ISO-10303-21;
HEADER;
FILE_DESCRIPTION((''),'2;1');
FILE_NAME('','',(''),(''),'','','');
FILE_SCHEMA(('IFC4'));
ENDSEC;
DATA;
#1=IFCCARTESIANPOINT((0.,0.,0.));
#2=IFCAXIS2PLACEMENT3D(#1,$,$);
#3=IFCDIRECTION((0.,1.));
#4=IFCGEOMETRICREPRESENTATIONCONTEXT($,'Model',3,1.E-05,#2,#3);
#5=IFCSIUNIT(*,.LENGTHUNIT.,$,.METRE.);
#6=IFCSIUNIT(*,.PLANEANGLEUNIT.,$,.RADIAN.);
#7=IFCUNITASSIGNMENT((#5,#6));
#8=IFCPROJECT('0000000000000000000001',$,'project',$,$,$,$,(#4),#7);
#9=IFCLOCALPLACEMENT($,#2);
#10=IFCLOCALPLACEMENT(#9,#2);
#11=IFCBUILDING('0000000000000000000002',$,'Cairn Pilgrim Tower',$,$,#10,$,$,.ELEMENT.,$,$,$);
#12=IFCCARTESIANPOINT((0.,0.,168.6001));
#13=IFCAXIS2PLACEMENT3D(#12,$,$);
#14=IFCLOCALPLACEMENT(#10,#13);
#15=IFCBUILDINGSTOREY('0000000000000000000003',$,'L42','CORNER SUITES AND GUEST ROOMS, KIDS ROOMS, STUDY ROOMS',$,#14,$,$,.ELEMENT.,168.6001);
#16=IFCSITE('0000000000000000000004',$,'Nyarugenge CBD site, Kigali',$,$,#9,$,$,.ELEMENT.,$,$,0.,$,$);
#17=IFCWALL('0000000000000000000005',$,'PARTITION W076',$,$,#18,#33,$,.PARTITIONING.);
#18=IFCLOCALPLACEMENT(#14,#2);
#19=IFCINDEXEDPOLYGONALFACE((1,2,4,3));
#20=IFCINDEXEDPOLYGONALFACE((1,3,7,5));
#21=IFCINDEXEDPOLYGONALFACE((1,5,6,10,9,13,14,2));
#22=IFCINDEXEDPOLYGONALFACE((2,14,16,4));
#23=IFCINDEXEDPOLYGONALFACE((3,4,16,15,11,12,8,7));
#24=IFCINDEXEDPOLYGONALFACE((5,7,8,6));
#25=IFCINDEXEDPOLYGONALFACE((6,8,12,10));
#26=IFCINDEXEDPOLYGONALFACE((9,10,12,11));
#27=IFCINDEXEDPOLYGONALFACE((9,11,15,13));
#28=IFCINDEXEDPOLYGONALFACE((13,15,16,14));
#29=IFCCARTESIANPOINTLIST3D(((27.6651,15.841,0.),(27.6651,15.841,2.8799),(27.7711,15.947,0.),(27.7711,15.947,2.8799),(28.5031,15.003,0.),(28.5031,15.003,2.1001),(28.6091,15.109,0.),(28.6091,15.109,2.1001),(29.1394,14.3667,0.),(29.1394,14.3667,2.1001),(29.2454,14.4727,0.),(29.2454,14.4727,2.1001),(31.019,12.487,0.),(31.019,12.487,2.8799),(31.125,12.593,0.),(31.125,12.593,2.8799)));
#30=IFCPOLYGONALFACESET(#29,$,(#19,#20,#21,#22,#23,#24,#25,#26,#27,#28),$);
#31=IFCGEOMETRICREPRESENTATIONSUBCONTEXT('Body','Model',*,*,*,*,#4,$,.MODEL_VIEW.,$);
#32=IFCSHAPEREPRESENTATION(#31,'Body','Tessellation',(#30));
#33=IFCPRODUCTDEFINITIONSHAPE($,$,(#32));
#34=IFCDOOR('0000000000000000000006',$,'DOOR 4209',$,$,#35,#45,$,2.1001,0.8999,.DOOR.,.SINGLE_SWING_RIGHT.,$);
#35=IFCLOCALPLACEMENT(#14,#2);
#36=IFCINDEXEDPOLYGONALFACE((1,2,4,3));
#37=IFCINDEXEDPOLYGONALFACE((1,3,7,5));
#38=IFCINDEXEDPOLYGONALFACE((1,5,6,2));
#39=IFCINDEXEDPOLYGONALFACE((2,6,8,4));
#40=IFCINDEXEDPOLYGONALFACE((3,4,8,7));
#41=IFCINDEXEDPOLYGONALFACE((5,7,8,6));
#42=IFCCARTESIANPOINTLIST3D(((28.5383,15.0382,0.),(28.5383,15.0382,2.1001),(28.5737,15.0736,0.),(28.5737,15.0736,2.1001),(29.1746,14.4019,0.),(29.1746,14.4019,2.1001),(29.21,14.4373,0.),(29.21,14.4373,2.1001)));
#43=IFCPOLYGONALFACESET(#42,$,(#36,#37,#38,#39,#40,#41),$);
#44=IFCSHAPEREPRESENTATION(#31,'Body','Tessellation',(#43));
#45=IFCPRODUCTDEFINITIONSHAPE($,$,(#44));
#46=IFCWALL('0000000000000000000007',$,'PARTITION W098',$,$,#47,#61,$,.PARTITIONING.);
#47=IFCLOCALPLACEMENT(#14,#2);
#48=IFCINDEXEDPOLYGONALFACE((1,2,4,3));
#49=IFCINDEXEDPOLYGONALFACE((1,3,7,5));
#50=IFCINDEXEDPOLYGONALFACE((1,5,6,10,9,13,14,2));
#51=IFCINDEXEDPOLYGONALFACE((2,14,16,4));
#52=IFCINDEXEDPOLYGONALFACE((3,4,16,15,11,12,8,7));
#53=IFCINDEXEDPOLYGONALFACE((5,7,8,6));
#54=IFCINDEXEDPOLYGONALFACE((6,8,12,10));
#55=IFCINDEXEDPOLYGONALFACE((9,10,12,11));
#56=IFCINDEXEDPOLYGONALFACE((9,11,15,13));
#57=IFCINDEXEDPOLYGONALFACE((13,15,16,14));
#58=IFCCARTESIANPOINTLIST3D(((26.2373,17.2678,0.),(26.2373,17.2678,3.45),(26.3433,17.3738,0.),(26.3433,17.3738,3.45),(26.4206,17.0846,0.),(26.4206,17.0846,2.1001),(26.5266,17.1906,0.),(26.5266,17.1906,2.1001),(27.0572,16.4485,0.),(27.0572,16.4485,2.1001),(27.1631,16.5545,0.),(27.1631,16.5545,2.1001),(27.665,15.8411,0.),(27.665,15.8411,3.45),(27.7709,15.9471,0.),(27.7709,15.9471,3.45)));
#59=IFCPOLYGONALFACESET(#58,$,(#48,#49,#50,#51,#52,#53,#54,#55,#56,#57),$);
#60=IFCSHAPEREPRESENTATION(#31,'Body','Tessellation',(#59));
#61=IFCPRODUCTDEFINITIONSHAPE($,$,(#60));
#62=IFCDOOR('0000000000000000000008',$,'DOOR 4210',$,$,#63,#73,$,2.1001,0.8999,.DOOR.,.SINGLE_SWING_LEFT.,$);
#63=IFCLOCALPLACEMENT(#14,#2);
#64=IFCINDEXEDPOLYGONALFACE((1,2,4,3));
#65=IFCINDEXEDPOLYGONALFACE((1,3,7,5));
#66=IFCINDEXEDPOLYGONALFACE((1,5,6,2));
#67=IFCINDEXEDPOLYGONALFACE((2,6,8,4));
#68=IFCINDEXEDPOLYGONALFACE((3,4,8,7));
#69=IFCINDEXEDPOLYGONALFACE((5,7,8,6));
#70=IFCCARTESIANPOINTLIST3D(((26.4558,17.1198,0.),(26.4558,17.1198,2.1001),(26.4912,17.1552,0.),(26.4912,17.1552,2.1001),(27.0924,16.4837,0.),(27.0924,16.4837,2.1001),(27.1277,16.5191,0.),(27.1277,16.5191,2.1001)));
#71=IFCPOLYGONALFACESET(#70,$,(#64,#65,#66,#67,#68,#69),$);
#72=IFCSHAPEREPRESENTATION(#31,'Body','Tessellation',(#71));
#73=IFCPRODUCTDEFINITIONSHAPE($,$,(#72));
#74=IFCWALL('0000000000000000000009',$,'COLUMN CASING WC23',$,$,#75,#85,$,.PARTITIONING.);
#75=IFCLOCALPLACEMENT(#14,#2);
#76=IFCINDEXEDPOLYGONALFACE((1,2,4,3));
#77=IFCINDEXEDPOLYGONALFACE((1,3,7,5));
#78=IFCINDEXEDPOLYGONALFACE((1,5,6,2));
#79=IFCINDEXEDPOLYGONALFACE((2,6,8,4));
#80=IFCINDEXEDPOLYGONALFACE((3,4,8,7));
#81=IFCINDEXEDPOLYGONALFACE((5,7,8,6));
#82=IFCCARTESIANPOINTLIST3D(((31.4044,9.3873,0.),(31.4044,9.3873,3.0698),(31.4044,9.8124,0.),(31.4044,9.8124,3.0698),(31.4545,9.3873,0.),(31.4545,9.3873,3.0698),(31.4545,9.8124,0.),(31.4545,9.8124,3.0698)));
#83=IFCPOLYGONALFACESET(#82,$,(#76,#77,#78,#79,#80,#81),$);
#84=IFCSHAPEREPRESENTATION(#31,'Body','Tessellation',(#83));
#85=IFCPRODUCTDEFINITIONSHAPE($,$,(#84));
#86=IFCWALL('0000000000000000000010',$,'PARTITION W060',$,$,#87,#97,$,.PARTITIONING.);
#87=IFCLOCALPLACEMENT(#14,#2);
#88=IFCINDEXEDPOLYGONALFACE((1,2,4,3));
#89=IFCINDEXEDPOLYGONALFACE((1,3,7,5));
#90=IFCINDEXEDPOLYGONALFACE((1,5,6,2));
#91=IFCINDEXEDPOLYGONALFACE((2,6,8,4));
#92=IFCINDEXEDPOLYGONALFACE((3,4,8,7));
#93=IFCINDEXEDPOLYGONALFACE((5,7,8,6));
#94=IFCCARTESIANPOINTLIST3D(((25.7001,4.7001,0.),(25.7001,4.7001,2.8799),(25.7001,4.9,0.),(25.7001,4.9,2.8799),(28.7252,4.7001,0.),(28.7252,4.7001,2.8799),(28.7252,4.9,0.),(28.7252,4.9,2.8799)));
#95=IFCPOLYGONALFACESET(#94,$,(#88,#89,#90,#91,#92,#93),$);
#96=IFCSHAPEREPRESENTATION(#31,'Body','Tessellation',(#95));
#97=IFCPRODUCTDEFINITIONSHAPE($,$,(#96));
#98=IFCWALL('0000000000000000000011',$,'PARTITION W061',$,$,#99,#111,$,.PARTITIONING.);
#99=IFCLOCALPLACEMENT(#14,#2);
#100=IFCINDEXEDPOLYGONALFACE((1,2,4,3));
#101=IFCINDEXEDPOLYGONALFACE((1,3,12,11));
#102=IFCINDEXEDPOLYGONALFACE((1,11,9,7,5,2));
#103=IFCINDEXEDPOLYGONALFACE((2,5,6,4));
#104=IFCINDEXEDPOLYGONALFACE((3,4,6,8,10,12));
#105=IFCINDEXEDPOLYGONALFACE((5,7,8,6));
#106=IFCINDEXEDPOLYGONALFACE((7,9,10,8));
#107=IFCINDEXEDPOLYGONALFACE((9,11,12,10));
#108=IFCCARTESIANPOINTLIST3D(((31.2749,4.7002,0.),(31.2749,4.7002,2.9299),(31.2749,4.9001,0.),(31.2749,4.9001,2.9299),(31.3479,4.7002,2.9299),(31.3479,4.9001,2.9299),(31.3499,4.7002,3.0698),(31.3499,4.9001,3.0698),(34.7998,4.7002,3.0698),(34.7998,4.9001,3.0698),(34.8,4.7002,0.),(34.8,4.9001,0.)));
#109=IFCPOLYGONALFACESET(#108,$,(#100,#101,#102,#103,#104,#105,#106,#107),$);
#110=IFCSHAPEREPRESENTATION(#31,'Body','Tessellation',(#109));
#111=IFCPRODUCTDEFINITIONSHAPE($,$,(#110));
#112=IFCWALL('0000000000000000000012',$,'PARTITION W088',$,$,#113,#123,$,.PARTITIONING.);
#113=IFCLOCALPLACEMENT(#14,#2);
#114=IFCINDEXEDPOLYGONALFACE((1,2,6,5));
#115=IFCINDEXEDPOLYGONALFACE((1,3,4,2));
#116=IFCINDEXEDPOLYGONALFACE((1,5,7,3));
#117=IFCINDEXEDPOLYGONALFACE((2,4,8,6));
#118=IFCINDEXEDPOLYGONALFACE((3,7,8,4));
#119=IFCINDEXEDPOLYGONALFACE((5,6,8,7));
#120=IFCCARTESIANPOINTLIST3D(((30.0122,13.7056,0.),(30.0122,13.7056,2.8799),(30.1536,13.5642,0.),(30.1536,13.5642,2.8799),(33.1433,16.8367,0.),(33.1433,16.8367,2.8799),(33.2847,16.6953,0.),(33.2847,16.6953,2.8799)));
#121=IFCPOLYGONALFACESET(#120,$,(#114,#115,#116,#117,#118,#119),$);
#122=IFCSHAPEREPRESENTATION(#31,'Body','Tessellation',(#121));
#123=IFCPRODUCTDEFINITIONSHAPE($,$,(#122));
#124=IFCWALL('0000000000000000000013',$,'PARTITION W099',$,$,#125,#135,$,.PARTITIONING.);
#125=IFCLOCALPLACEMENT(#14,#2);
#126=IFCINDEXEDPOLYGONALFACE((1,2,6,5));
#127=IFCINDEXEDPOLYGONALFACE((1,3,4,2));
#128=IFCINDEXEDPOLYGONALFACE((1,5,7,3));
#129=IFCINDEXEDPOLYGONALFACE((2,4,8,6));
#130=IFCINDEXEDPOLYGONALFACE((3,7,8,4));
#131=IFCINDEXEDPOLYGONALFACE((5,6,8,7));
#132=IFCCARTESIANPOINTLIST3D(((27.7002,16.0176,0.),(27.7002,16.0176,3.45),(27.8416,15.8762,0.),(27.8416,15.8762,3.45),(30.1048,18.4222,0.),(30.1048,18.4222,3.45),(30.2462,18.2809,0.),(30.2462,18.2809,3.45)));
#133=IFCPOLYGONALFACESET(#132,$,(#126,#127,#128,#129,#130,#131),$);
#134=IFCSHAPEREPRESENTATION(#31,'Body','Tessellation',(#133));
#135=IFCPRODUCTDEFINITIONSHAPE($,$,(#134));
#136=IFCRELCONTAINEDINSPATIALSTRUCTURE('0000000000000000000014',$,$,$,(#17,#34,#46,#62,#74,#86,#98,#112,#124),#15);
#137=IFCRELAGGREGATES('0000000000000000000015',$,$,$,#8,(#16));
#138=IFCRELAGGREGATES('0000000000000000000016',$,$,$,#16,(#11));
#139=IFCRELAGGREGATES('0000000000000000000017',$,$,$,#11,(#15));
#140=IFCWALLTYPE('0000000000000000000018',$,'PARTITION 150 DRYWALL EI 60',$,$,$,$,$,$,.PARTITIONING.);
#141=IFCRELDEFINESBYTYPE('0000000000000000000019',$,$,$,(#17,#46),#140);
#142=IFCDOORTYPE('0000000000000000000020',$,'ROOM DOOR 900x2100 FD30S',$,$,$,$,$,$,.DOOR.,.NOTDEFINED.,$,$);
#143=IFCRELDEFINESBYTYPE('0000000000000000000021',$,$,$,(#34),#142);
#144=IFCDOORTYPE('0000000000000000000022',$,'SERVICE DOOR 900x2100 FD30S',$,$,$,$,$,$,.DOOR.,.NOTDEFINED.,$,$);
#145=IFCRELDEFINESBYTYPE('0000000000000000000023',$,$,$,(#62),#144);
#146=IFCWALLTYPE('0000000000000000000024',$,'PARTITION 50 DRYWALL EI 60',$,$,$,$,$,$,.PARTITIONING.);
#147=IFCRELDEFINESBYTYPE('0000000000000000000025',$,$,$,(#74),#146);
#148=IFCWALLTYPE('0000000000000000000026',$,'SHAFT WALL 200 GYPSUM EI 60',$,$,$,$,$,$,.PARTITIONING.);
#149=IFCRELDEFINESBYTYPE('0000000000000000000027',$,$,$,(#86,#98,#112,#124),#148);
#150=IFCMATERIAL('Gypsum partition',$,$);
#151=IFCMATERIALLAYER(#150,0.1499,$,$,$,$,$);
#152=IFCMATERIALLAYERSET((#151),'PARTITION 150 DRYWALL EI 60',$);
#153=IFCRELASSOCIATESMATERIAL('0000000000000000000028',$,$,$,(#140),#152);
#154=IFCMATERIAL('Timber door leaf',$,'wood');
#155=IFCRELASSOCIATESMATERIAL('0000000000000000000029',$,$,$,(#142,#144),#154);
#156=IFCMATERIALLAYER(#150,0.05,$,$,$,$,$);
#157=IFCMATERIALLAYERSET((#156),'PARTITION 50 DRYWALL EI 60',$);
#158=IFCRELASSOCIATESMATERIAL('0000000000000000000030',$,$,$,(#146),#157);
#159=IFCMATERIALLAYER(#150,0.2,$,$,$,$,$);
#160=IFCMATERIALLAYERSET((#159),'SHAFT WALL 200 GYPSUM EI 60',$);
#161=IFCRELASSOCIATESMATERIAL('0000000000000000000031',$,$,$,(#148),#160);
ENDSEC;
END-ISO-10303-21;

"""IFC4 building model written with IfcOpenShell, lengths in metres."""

from ifc_helpers import new_model, si_unit, direction, frame, frame_2d, origin, place, context, subcontext, project, spatial, polyline, rectangle, outline, extrude, material, layer, layer_set, type_object, element, fill, save


model = new_model("IFC4")

# Units and contexts
model_context = context("Model", 3, precision=1e-05, world=origin(), true_north=direction((0.0, 1.0)))
body_context = subcontext(model_context, "Body", "Model", "MODEL_VIEW")
ifc_project = project(units=[si_unit("LENGTHUNIT", "METRE"), si_unit("PLANEANGLEUNIT", "RADIAN")], contexts=[model_context])

# Site, building, storey
site_placement = place(None, origin())
site = spatial("IfcSite", under=ifc_project, at=site_placement, Name="Nyarugenge CBD site, Kigali", CompositionType="ELEMENT", RefElevation=0.0)
building_placement = place(site_placement, origin())
building = spatial("IfcBuilding", under=site, at=building_placement, Name="Cairn Pilgrim Tower", CompositionType="ELEMENT")
storey_placement = place(building_placement, frame((0.0, 0.0, 168.6001)))
storey = spatial("IfcBuildingStorey", under=building, at=storey_placement, Name="L42", Description="CORNER SUITES AND GUEST ROOMS, KIDS ROOMS, STUDY ROOMS", CompositionType="ELEMENT", Elevation=168.6001)

# Walls, openings, doors
ifc_material_1 = material(Name="Gypsum partition")
ifc_material_2 = material(Name="Timber door leaf", Category="wood")
ifc_layer_1 = layer(ifc_material_1, 0.1499)
ifc_layer_set_1 = layer_set([ifc_layer_1], Name="PARTITION 150 DRYWALL EI 60")
wall_type_1 = type_object("IfcWallType", Name="PARTITION 150 DRYWALL EI 60", PredefinedType="PARTITIONING", material=ifc_layer_set_1)
door_type_1 = type_object("IfcDoorType", Name="ROOM DOOR 900x2100 FD30S", OperationType="NOTDEFINED", PredefinedType="DOOR", material=ifc_material_2)
door_type_2 = type_object("IfcDoorType", Name="SERVICE DOOR 900x2100 FD30S", OperationType="NOTDEFINED", PredefinedType="DOOR", material=ifc_material_2)
wall_1_placement = place(storey_placement, frame((31.072, 12.54, 0.0), z_axis=(0.0, 0.0, 1.0), x_axis=(-0.707107, 0.707107, 0.0)))
wall_1 = element("IfcWall", 1, at=wall_1_placement, inside=storey, type_object=wall_type_1, Name="PARTITION W076", PredefinedType="PARTITIONING", context=body_context, shape_type="SweptSolid", body=[
    extrude(rectangle(XDim=4.7432, YDim=0.1499, at=frame_2d((2.3716, 0.0))), origin(), (0.0, 0.0, 1.0), 2.8799),
])
opening_1_placement = place(wall_1_placement, frame((2.6582, 0.0, 0.0)))
opening_1 = element("IfcOpeningElement", 2, at=opening_1_placement, cuts=wall_1, PredefinedType="OPENING", context=body_context, shape_type="SweptSolid", body=[
    extrude(rectangle(XDim=0.8999, YDim=2.1001, at=frame_2d((0.45, 1.05))), frame((0.0, 0.085, 0.0), z_axis=(0.0, -1.0, 0.0), x_axis=(1.0, 0.0, 0.0)), (0.0, 0.0, 1.0), 0.1699),
])
door_1_placement = place(opening_1_placement, frame((0.8999, 0.0, 0.0), z_axis=(0.0, 0.0, 1.0), x_axis=(-1.0, 0.0, 0.0)))
door_1 = element("IfcDoor", 3, at=door_1_placement, inside=storey, type_object=door_type_1, Name="DOOR 4209", OperationType="SINGLE_SWING_RIGHT", OverallHeight=2.1001, OverallWidth=0.8999, PredefinedType="DOOR", context=body_context, shape_type="SweptSolid", body=[
    extrude(rectangle(XDim=0.8999, YDim=2.1001, at=frame_2d((0.45, 1.05))), frame((0.0, 0.0249, 0.0), z_axis=(0.0, -1.0, 0.0), x_axis=(1.0, 0.0, 0.0)), (0.0, 0.0, 1.0), 0.05),
])
fill(opening_1, door_1)
wall_2_placement = place(storey_placement, frame((27.718, 15.894, 0.0), z_axis=(0.0, 0.0, 1.0), x_axis=(-0.707349, 0.706865, 0.0)))
wall_2 = element("IfcWall", 4, at=wall_2_placement, inside=storey, type_object=wall_type_1, Name="PARTITION W098", PredefinedType="PARTITIONING", context=body_context, shape_type="SweptSolid", body=[
    extrude(rectangle(XDim=2.0183, YDim=0.1499, at=frame_2d((1.0093, 0.0))), origin(), (0.0, 0.0, 1.0), 3.45),
])
opening_2_placement = place(wall_2_placement, frame((0.8594, 0.0, 0.0)))
opening_2 = element("IfcOpeningElement", 5, at=opening_2_placement, cuts=wall_2, PredefinedType="OPENING", context=body_context, shape_type="SweptSolid", body=[
    extrude(rectangle(XDim=0.8999, YDim=2.1001, at=frame_2d((0.45, 1.05))), frame((0.0, 0.085, 0.0), z_axis=(0.0, -1.0, 0.0), x_axis=(1.0, 0.0, 0.0)), (0.0, 0.0, 1.0), 0.1699),
])
door_2_placement = place(opening_2_placement, frame((0.8999, 0.0, 0.0), z_axis=(0.0, 0.0, 1.0), x_axis=(-1.0, 0.0, 0.0)))
door_2 = element("IfcDoor", 6, at=door_2_placement, inside=storey, type_object=door_type_2, Name="DOOR 4210", OperationType="SINGLE_SWING_LEFT", OverallHeight=2.1001, OverallWidth=0.8999, PredefinedType="DOOR", context=body_context, shape_type="SweptSolid", body=[
    extrude(rectangle(XDim=0.8999, YDim=2.1001, at=frame_2d((0.45, 1.05))), frame((0.0, 0.0249, 0.0), z_axis=(0.0, -1.0, 0.0), x_axis=(1.0, 0.0, 0.0)), (0.0, 0.0, 1.0), 0.05),
])
fill(opening_2, door_2)

# Walls
ifc_layer_2 = layer(ifc_material_1, 0.05)
ifc_layer_set_2 = layer_set([ifc_layer_2], Name="PARTITION 50 DRYWALL EI 60")
wall_type_2 = type_object("IfcWallType", Name="PARTITION 50 DRYWALL EI 60", PredefinedType="PARTITIONING", material=ifc_layer_set_2)
wall_3_placement = place(storey_placement, frame((31.4294, 9.3875, 0.0), z_axis=(0.0, 0.0, 1.0), x_axis=(0.0, 1.0, 0.0)))
element("IfcWall", 7, at=wall_3_placement, inside=storey, type_object=wall_type_2, Name="COLUMN CASING WC23", PredefinedType="PARTITIONING", context=body_context, shape_type="SweptSolid", body=[
    extrude(rectangle(XDim=0.425, YDim=0.05, at=frame_2d((0.2124, 0.0))), origin(), (0.0, 0.0, 1.0), 3.0698),
])
ifc_layer_3 = layer(ifc_material_1, 0.2)
ifc_layer_set_3 = layer_set([ifc_layer_3], Name="SHAFT WALL 200 GYPSUM EI 60")
wall_type_3 = type_object("IfcWallType", Name="SHAFT WALL 200 GYPSUM EI 60", PredefinedType="PARTITIONING", material=ifc_layer_set_3)
wall_4_placement = place(storey_placement, frame((25.7, 4.8, 0.0), z_axis=(0.0, 0.0, 1.0), x_axis=(1.0, 0.0, 0.0)))
element("IfcWall", 8, at=wall_4_placement, inside=storey, type_object=wall_type_3, Name="PARTITION W060", PredefinedType="PARTITIONING", context=body_context, shape_type="SweptSolid", body=[
    extrude(rectangle(XDim=3.0251, YDim=0.2, at=frame_2d((1.5127, 0.0))), origin(), (0.0, 0.0, 1.0), 2.8799),
])
wall_5_placement = place(storey_placement, frame((31.2749, 4.8, 0.0), z_axis=(0.0, 0.0, 1.0), x_axis=(1.0, 0.0, 0.0)))
element("IfcWall", 9, at=wall_5_placement, inside=storey, type_object=wall_type_3, Name="PARTITION W061", PredefinedType="PARTITIONING", context=body_context, shape_type="SweptSolid", body=[
    extrude(outline(polyline([(0.0, 0.0), (3.5251, 0.0), (3.5249, 3.0698), (0.075, 3.0698), (0.073, 2.9299), (0.0, 2.9299), (0.0, 0.0)])), frame((0.0, 0.1001, 0.0), z_axis=(0.0, -1.0, 0.0), x_axis=(1.0, 0.0, 0.0)), (0.0, 0.0, 1.0), 0.2),
])
wall_6_placement = place(storey_placement, frame((30.083, 13.635, 0.0), z_axis=(0.0, 0.0, 1.0), x_axis=(0.707107, 0.707107, 0.0)))
element("IfcWall", 10, at=wall_6_placement, inside=storey, type_object=wall_type_3, Name="PARTITION W088", PredefinedType="PARTITIONING", context=body_context, shape_type="SweptSolid", body=[
    extrude(rectangle(XDim=4.428, YDim=0.2, at=frame_2d((2.2139, 0.0))), origin(), (0.0, 0.0, 1.0), 2.8799),
])
wall_7_placement = place(storey_placement, frame((27.771, 15.947, 0.0), z_axis=(0.0, 0.0, 1.0), x_axis=(0.707107, 0.707107, 0.0)))
element("IfcWall", 11, at=wall_7_placement, inside=storey, type_object=wall_type_3, Name="PARTITION W099", PredefinedType="PARTITIONING", context=body_context, shape_type="SweptSolid", body=[
    extrude(rectangle(XDim=3.4006, YDim=0.2, at=frame_2d((1.7002, 0.0))), origin(), (0.0, 0.0, 1.0), 3.45),
])

save(model, "model.ifc")
